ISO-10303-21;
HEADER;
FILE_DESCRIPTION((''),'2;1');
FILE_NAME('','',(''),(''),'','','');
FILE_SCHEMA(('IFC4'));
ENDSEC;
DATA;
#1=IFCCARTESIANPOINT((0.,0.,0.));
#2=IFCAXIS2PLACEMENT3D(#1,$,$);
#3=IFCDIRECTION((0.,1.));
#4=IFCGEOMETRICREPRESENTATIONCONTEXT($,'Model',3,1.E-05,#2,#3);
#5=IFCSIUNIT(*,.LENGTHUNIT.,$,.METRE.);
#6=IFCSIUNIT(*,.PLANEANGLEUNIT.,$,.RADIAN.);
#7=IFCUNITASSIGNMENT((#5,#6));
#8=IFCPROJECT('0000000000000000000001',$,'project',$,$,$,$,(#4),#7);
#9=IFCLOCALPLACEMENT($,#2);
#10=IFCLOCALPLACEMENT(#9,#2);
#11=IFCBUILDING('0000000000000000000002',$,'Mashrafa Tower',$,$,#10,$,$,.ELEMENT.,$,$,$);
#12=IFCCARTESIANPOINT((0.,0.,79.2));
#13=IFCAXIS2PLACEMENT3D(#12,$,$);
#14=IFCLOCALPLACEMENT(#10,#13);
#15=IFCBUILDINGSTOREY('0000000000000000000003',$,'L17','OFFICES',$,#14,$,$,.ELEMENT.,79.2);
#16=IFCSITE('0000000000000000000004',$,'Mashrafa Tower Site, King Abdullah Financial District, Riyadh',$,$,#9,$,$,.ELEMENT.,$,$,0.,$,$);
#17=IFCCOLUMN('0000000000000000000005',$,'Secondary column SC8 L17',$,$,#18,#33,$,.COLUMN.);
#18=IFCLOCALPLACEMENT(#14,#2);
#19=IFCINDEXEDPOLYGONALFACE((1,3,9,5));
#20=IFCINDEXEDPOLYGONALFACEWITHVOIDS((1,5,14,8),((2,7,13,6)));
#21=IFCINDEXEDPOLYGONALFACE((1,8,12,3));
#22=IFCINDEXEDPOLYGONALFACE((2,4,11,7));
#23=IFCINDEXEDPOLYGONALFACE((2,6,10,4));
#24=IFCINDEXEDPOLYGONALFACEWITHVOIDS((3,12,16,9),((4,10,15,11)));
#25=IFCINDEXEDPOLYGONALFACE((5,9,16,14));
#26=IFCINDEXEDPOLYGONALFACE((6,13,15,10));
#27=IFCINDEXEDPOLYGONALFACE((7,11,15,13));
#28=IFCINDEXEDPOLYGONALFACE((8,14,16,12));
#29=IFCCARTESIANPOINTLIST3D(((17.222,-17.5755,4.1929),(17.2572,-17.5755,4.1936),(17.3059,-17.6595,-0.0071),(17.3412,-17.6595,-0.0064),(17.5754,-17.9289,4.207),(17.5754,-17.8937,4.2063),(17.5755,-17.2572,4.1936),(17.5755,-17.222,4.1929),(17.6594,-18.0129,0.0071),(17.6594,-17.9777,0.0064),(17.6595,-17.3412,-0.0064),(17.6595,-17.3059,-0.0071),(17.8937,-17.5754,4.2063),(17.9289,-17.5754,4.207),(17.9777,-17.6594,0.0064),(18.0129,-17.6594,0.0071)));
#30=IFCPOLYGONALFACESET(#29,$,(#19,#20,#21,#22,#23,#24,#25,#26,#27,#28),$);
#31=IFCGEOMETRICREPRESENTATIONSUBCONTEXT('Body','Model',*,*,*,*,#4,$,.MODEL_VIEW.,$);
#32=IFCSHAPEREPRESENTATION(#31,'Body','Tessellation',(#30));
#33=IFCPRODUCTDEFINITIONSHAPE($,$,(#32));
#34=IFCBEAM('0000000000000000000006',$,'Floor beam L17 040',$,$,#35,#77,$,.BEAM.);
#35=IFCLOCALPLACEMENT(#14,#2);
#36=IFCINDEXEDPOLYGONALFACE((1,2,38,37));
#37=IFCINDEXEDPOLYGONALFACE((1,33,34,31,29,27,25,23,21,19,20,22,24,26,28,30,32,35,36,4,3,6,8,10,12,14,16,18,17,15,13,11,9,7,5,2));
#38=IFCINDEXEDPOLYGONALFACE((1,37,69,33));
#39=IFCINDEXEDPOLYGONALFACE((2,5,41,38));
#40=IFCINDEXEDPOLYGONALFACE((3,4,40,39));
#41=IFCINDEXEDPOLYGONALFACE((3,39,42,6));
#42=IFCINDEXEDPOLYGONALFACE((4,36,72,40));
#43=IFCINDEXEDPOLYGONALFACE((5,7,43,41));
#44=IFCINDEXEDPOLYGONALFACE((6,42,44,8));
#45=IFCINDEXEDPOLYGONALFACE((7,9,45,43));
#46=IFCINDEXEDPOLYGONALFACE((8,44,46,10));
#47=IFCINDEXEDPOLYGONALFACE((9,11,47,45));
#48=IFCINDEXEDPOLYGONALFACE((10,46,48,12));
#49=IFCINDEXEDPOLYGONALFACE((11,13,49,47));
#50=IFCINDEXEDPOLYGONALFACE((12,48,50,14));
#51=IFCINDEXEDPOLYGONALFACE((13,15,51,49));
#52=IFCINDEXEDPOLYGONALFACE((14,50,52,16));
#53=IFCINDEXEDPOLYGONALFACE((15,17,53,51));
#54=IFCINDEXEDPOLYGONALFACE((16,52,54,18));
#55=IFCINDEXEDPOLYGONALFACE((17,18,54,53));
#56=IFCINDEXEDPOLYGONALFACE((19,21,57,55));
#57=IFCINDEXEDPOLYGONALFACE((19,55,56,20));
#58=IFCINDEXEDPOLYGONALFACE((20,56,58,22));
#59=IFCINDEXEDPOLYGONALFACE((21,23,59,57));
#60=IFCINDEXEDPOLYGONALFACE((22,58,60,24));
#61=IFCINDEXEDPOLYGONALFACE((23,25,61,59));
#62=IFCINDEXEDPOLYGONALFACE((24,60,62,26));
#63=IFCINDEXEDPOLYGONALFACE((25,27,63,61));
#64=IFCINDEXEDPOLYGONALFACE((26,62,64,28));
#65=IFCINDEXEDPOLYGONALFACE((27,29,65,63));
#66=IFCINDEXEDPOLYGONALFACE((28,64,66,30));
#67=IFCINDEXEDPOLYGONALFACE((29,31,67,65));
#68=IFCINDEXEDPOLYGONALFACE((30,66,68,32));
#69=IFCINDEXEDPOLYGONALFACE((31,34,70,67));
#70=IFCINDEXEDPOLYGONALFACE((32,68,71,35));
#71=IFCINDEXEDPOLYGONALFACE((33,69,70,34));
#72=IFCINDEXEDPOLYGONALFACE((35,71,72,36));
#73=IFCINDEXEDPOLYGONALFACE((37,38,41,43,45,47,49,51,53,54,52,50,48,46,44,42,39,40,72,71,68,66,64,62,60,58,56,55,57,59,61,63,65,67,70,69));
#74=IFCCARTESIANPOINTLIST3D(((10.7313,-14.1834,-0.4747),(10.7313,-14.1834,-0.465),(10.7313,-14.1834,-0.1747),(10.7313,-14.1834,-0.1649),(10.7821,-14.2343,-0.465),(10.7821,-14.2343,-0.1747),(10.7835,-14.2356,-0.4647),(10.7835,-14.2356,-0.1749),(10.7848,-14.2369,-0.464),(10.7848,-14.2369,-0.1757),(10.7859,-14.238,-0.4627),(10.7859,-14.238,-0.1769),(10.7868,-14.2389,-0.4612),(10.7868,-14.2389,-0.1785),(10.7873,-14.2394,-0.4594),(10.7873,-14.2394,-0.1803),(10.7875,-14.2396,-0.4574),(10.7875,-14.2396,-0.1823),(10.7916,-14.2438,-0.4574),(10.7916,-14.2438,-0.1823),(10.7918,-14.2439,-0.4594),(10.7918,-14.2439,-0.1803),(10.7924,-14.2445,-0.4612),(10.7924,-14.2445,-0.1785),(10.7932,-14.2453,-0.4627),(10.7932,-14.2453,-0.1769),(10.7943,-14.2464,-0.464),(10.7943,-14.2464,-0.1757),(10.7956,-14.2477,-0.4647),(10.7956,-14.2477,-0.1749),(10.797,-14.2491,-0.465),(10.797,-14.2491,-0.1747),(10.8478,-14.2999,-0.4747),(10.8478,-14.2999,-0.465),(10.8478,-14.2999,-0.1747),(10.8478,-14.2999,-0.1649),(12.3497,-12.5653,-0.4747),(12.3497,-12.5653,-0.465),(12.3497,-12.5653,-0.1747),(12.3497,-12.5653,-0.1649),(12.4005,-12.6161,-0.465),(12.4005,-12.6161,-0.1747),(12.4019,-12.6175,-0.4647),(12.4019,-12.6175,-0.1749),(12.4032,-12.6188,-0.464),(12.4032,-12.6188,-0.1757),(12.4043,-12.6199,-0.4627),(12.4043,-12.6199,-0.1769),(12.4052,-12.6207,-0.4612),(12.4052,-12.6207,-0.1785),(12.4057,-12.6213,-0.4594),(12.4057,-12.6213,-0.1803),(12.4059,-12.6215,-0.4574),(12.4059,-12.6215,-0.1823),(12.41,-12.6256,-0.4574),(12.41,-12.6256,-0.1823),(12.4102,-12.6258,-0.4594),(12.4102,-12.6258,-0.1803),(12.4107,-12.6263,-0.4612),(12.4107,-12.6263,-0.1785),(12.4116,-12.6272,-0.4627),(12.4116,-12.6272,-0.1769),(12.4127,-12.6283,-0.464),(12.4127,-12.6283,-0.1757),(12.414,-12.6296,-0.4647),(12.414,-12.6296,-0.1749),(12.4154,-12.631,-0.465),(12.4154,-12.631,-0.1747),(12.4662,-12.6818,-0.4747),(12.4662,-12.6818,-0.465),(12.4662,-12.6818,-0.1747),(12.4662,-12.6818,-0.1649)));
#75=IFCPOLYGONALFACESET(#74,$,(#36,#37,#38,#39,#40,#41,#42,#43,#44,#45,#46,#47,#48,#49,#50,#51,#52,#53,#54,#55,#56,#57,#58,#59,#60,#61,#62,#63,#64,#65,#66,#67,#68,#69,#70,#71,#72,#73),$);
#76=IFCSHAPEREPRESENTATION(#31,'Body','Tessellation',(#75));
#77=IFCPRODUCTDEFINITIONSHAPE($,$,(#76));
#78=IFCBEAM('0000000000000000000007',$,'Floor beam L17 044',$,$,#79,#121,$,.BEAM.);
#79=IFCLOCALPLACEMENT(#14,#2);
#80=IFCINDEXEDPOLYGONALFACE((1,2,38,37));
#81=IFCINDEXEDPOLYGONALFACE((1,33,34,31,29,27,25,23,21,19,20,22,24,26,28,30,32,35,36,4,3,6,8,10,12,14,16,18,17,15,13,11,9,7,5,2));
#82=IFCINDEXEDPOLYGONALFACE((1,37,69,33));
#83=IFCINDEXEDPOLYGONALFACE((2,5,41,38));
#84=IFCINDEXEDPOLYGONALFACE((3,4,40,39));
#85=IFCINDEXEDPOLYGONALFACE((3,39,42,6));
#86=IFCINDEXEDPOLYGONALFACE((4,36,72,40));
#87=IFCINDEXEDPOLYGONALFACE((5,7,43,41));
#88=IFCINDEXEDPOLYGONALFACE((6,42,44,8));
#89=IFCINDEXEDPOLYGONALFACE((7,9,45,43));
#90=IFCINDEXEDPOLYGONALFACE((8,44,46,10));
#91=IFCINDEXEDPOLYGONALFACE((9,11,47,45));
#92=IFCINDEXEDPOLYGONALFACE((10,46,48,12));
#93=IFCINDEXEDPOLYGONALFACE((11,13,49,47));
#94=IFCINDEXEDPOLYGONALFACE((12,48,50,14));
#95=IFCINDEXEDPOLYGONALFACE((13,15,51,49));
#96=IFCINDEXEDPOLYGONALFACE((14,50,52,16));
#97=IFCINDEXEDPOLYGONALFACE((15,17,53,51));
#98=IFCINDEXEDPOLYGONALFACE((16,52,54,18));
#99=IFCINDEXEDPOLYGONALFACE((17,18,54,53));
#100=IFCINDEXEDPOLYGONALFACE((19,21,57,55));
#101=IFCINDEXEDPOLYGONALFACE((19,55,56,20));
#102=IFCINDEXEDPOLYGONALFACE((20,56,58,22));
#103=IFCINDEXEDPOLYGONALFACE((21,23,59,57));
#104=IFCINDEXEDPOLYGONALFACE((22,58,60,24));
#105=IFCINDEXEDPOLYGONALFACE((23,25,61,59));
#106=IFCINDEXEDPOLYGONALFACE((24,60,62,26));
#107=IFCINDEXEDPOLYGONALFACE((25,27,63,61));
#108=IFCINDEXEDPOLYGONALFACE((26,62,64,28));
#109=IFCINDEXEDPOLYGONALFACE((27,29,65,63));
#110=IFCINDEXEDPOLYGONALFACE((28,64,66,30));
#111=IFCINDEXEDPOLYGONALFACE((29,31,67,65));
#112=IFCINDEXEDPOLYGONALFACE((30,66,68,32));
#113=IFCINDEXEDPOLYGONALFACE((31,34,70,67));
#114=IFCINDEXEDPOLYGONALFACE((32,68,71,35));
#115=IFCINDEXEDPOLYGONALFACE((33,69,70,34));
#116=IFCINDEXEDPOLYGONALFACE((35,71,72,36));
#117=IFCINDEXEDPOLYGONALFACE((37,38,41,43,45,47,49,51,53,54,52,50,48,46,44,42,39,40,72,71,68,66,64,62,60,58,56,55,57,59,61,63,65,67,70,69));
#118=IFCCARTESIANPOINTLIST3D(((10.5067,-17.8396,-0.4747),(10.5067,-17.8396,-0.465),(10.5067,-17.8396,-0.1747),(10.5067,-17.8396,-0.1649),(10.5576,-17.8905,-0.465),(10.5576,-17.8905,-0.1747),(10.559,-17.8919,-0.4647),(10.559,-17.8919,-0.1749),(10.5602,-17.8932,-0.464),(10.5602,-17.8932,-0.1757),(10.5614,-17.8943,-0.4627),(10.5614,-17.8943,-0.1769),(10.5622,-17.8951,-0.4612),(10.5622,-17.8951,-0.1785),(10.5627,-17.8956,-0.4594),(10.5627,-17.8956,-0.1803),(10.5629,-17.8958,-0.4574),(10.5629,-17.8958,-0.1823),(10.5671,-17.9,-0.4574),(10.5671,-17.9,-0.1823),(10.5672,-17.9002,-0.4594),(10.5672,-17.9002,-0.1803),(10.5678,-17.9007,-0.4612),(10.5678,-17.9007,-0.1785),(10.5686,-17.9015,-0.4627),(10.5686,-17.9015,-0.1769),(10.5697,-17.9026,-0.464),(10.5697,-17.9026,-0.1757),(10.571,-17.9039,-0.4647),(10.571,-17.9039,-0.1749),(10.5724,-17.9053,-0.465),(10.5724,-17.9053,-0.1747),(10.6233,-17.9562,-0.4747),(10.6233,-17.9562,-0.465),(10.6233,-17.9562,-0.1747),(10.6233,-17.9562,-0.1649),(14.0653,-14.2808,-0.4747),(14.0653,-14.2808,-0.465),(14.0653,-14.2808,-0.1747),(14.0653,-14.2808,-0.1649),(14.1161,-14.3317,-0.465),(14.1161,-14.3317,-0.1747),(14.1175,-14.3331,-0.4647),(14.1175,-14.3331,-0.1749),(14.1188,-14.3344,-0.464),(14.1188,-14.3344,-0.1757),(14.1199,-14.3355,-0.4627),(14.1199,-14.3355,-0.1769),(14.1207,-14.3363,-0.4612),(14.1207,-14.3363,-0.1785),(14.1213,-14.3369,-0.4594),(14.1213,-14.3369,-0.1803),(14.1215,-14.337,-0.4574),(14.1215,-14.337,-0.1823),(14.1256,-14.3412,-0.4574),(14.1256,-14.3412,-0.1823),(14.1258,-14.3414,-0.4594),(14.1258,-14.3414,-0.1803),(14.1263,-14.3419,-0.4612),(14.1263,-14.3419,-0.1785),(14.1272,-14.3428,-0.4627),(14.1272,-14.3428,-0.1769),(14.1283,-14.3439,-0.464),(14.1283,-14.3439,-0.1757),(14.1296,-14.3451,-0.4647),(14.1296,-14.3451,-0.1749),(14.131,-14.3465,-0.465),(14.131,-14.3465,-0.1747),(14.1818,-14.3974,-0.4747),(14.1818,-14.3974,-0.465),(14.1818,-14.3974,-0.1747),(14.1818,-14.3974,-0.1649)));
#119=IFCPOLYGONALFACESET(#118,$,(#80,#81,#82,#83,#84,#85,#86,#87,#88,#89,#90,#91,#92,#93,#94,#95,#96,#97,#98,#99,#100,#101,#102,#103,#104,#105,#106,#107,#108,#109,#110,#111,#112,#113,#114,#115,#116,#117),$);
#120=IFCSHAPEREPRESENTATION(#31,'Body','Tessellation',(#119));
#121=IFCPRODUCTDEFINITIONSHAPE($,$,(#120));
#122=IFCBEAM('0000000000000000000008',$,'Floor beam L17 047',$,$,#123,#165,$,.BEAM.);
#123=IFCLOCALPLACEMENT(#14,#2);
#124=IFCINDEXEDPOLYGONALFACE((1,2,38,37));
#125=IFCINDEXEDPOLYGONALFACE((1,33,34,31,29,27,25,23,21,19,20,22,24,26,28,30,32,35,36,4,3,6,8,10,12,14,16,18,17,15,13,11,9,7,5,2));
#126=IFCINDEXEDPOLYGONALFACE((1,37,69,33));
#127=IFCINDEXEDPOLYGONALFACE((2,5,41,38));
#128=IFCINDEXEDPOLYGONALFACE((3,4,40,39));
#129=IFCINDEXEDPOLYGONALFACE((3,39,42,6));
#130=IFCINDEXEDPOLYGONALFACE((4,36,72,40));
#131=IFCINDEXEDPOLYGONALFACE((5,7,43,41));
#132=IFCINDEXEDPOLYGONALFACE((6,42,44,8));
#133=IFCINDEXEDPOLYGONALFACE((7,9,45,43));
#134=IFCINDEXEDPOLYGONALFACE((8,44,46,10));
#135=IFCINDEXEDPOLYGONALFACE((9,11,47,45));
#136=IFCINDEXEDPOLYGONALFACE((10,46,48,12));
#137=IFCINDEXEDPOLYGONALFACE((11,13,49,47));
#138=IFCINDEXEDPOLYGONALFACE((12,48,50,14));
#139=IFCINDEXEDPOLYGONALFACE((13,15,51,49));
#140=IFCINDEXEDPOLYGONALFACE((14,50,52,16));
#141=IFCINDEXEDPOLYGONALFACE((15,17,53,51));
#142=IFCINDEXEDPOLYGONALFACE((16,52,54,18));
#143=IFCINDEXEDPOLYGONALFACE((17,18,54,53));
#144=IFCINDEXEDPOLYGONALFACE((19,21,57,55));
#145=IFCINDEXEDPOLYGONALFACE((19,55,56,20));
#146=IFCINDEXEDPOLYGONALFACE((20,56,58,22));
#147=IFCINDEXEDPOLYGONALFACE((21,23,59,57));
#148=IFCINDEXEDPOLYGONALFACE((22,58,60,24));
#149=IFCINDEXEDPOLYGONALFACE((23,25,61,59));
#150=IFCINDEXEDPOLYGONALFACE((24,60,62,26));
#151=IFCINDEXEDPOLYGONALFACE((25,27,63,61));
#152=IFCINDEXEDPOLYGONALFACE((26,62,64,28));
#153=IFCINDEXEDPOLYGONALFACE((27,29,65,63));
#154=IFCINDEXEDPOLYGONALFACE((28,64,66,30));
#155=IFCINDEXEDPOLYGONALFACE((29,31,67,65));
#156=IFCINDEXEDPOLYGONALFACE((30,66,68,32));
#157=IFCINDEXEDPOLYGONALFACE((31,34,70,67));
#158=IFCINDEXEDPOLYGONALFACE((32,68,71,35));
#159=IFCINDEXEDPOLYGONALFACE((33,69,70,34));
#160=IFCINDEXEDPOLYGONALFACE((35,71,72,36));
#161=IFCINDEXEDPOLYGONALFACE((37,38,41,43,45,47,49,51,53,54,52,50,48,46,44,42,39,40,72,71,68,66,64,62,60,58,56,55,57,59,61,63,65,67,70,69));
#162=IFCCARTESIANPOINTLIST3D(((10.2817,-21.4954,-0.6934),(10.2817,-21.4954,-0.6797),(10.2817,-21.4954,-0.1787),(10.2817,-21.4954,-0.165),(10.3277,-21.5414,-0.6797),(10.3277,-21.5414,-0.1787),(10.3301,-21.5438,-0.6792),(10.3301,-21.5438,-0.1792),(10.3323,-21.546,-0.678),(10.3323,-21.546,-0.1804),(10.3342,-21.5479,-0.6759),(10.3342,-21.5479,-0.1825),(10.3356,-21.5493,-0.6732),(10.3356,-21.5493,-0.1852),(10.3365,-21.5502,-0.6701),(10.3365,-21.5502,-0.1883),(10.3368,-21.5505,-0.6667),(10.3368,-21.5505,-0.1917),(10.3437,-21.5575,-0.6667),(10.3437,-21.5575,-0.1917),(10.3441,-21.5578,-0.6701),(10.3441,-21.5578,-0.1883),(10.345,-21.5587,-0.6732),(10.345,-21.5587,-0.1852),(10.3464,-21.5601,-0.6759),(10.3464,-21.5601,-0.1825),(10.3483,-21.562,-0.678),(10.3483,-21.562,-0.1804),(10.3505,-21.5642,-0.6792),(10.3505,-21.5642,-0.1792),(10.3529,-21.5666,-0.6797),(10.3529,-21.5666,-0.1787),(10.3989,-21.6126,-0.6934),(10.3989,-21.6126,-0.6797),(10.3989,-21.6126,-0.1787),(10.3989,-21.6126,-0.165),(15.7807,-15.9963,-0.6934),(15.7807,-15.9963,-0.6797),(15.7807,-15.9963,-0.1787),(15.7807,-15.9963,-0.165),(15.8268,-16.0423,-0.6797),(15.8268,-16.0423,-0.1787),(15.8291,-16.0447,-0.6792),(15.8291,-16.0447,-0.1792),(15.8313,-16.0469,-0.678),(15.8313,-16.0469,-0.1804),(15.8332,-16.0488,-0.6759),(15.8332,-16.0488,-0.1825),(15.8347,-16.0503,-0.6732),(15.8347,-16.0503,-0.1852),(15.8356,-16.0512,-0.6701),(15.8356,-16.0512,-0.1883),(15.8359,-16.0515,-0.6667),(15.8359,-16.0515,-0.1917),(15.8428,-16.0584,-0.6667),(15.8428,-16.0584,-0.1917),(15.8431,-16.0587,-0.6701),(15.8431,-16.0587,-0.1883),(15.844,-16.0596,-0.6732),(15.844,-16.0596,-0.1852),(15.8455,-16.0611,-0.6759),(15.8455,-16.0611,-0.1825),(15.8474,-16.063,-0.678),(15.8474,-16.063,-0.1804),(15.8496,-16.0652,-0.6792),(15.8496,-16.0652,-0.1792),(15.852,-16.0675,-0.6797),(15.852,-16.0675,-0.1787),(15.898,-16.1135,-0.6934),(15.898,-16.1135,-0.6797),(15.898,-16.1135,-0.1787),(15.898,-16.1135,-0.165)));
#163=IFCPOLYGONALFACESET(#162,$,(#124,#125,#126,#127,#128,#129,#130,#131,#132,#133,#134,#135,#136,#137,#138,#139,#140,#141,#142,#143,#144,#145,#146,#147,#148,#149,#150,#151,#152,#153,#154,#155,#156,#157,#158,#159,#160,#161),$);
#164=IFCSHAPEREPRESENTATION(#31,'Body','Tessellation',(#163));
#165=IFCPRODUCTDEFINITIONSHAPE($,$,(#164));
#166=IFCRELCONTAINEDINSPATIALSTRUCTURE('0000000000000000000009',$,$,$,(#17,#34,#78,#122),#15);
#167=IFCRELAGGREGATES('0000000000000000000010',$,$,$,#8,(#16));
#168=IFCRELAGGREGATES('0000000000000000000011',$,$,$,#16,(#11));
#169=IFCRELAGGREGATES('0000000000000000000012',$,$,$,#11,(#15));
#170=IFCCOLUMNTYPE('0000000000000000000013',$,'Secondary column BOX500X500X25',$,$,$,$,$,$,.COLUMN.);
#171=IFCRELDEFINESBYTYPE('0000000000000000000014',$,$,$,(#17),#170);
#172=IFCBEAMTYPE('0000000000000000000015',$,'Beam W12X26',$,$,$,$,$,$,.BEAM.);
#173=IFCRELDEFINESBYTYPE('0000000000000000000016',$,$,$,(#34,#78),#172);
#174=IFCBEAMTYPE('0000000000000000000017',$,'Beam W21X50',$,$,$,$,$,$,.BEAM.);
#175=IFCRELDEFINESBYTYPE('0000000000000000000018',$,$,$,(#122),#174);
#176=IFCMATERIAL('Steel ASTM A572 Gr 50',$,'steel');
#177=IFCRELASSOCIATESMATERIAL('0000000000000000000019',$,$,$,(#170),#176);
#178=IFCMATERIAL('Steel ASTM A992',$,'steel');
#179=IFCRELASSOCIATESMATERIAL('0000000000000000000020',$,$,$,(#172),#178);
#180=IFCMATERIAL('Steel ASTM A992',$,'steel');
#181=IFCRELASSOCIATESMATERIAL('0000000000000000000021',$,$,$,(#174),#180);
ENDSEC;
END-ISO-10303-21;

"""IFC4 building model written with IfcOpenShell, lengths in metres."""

from ifc_helpers import new_model, si_unit, direction, frame, origin, origin_2d, place, context, subcontext, project, spatial, hollow_rectangle, i_section, extrude, material, material_profile, profile_set, type_object, element, save


model = new_model("IFC4")

# Units and contexts
model_context = context("Model", 3, precision=1e-05, world=origin(), true_north=direction((0.0, 1.0)))
body_context = subcontext(model_context, "Body", "Model", "MODEL_VIEW")
ifc_project = project(units=[si_unit("LENGTHUNIT", "METRE"), si_unit("PLANEANGLEUNIT", "RADIAN")], contexts=[model_context])

# Site, building, storey
site_placement = place(None, origin())
site = spatial("IfcSite", under=ifc_project, at=site_placement, Name="Mashrafa Tower Site, King Abdullah Financial District, Riyadh", CompositionType="ELEMENT", RefElevation=0.0)
building_placement = place(site_placement, origin())
building = spatial("IfcBuilding", under=site, at=building_placement, Name="Mashrafa Tower", CompositionType="ELEMENT")
storey_placement = place(building_placement, frame((0.0, 0.0, 79.2)))
storey = spatial("IfcBuildingStorey", under=building, at=storey_placement, Name="L17", Description="OFFICES", CompositionType="ELEMENT", Elevation=79.2)

# Column
ifc_material_1 = material(Name="Steel ASTM A572 Gr 50", Category="steel")
ifc_material_profile_1 = material_profile(ifc_material_1, hollow_rectangle(XDim=0.5, YDim=0.5, WallThickness=0.0249, at=origin_2d()), Name="BOX500X500X25")
ifc_profile_set_1 = profile_set([ifc_material_profile_1], Name="Steel ASTM A572 Gr 50")
column_type = type_object("IfcColumnType", Name="Secondary column BOX500X500X25", PredefinedType="COLUMN", material=ifc_profile_set_1)
column_placement = place(storey_placement, frame((17.6594, -17.6594, 0.0), z_axis=(-0.019989, 0.019989, 0.9996), x_axis=(-0.707107, -0.707107, 0.0)))
element("IfcColumn", 1, at=column_placement, inside=storey, type_object=column_type, Name="Secondary column SC8 L17", PredefinedType="COLUMN", context=body_context, shape_type="SweptSolid", body=[
    extrude(hollow_rectangle(XDim=0.5, YDim=0.5, WallThickness=0.0249, at=origin_2d()), origin(), (0.0, 0.0, 1.0), 4.2017),
])

# Beams
ifc_material_2 = material(Name="Steel ASTM A992", Category="steel")
ifc_material_profile_2 = material_profile(ifc_material_2, i_section(OverallWidth=0.1648, OverallDepth=0.3098, WebThickness=0.0059, FlangeThickness=0.0098, FilletRadius=0.0076, at=origin_2d()), Name="W12X26")
ifc_profile_set_2 = profile_set([ifc_material_profile_2], Name="Steel ASTM A992")
beam_type_1 = type_object("IfcBeamType", Name="Beam W12X26", PredefinedType="BEAM", material=ifc_profile_set_2)
beam_1_placement = place(storey_placement, frame((12.408, -12.6235, -0.3198), z_axis=(-0.70716, -0.707053, 0.0), x_axis=(0.707053, -0.70716, 0.0)))
element("IfcBeam", 2, at=beam_1_placement, inside=storey, type_object=beam_type_1, Name="Floor beam L17 040", PredefinedType="BEAM", context=body_context, shape_type="SweptSolid", body=[
    extrude(i_section(OverallWidth=0.1648, OverallDepth=0.3098, WebThickness=0.0059, FlangeThickness=0.0098, FilletRadius=0.0076, at=origin_2d()), origin(), (0.0, 0.0, 1.0), 2.2886),
])
beam_2_placement = place(storey_placement, frame((14.1235, -14.3391, -0.3198), z_axis=(-0.707083, -0.707131, 0.0), x_axis=(0.707131, -0.707083, 0.0)))
element("IfcBeam", 3, at=beam_2_placement, inside=storey, type_object=beam_type_1, Name="Floor beam L17 044", PredefinedType="BEAM", context=body_context, shape_type="SweptSolid", body=[
    extrude(i_section(OverallWidth=0.1648, OverallDepth=0.3098, WebThickness=0.0059, FlangeThickness=0.0098, FilletRadius=0.0076, at=origin_2d()), origin(), (0.0, 0.0, 1.0), 5.0327),
])
ifc_material_3 = material(Name="Steel ASTM A992", Category="steel")
ifc_material_profile_3 = material_profile(ifc_material_3, i_section(OverallWidth=0.1658, OverallDepth=0.5283, WebThickness=0.0098, FlangeThickness=0.0137, FilletRadius=0.0129, at=origin_2d()), Name="W21X50")
ifc_profile_set_3 = profile_set([ifc_material_profile_3], Name="Steel ASTM A992")
beam_type_2 = type_object("IfcBeamType", Name="Beam W21X50", PredefinedType="BEAM", material=ifc_profile_set_3)
beam_3_placement = place(storey_placement, frame((15.8394, -16.0549, -0.4292), z_axis=(-0.707107, -0.707107, 0.0), x_axis=(0.707107, -0.707107, 0.0)))
element("IfcBeam", 4, at=beam_3_placement, inside=storey, type_object=beam_type_2, Name="Floor beam L17 047", PredefinedType="BEAM", context=body_context, shape_type="SweptSolid", body=[
    extrude(i_section(OverallWidth=0.1658, OverallDepth=0.5283, WebThickness=0.0098, FlangeThickness=0.0137, FilletRadius=0.0129, at=origin_2d()), origin(), (0.0, 0.0, 1.0), 7.7769),
])

save(model, "model.ifc")
